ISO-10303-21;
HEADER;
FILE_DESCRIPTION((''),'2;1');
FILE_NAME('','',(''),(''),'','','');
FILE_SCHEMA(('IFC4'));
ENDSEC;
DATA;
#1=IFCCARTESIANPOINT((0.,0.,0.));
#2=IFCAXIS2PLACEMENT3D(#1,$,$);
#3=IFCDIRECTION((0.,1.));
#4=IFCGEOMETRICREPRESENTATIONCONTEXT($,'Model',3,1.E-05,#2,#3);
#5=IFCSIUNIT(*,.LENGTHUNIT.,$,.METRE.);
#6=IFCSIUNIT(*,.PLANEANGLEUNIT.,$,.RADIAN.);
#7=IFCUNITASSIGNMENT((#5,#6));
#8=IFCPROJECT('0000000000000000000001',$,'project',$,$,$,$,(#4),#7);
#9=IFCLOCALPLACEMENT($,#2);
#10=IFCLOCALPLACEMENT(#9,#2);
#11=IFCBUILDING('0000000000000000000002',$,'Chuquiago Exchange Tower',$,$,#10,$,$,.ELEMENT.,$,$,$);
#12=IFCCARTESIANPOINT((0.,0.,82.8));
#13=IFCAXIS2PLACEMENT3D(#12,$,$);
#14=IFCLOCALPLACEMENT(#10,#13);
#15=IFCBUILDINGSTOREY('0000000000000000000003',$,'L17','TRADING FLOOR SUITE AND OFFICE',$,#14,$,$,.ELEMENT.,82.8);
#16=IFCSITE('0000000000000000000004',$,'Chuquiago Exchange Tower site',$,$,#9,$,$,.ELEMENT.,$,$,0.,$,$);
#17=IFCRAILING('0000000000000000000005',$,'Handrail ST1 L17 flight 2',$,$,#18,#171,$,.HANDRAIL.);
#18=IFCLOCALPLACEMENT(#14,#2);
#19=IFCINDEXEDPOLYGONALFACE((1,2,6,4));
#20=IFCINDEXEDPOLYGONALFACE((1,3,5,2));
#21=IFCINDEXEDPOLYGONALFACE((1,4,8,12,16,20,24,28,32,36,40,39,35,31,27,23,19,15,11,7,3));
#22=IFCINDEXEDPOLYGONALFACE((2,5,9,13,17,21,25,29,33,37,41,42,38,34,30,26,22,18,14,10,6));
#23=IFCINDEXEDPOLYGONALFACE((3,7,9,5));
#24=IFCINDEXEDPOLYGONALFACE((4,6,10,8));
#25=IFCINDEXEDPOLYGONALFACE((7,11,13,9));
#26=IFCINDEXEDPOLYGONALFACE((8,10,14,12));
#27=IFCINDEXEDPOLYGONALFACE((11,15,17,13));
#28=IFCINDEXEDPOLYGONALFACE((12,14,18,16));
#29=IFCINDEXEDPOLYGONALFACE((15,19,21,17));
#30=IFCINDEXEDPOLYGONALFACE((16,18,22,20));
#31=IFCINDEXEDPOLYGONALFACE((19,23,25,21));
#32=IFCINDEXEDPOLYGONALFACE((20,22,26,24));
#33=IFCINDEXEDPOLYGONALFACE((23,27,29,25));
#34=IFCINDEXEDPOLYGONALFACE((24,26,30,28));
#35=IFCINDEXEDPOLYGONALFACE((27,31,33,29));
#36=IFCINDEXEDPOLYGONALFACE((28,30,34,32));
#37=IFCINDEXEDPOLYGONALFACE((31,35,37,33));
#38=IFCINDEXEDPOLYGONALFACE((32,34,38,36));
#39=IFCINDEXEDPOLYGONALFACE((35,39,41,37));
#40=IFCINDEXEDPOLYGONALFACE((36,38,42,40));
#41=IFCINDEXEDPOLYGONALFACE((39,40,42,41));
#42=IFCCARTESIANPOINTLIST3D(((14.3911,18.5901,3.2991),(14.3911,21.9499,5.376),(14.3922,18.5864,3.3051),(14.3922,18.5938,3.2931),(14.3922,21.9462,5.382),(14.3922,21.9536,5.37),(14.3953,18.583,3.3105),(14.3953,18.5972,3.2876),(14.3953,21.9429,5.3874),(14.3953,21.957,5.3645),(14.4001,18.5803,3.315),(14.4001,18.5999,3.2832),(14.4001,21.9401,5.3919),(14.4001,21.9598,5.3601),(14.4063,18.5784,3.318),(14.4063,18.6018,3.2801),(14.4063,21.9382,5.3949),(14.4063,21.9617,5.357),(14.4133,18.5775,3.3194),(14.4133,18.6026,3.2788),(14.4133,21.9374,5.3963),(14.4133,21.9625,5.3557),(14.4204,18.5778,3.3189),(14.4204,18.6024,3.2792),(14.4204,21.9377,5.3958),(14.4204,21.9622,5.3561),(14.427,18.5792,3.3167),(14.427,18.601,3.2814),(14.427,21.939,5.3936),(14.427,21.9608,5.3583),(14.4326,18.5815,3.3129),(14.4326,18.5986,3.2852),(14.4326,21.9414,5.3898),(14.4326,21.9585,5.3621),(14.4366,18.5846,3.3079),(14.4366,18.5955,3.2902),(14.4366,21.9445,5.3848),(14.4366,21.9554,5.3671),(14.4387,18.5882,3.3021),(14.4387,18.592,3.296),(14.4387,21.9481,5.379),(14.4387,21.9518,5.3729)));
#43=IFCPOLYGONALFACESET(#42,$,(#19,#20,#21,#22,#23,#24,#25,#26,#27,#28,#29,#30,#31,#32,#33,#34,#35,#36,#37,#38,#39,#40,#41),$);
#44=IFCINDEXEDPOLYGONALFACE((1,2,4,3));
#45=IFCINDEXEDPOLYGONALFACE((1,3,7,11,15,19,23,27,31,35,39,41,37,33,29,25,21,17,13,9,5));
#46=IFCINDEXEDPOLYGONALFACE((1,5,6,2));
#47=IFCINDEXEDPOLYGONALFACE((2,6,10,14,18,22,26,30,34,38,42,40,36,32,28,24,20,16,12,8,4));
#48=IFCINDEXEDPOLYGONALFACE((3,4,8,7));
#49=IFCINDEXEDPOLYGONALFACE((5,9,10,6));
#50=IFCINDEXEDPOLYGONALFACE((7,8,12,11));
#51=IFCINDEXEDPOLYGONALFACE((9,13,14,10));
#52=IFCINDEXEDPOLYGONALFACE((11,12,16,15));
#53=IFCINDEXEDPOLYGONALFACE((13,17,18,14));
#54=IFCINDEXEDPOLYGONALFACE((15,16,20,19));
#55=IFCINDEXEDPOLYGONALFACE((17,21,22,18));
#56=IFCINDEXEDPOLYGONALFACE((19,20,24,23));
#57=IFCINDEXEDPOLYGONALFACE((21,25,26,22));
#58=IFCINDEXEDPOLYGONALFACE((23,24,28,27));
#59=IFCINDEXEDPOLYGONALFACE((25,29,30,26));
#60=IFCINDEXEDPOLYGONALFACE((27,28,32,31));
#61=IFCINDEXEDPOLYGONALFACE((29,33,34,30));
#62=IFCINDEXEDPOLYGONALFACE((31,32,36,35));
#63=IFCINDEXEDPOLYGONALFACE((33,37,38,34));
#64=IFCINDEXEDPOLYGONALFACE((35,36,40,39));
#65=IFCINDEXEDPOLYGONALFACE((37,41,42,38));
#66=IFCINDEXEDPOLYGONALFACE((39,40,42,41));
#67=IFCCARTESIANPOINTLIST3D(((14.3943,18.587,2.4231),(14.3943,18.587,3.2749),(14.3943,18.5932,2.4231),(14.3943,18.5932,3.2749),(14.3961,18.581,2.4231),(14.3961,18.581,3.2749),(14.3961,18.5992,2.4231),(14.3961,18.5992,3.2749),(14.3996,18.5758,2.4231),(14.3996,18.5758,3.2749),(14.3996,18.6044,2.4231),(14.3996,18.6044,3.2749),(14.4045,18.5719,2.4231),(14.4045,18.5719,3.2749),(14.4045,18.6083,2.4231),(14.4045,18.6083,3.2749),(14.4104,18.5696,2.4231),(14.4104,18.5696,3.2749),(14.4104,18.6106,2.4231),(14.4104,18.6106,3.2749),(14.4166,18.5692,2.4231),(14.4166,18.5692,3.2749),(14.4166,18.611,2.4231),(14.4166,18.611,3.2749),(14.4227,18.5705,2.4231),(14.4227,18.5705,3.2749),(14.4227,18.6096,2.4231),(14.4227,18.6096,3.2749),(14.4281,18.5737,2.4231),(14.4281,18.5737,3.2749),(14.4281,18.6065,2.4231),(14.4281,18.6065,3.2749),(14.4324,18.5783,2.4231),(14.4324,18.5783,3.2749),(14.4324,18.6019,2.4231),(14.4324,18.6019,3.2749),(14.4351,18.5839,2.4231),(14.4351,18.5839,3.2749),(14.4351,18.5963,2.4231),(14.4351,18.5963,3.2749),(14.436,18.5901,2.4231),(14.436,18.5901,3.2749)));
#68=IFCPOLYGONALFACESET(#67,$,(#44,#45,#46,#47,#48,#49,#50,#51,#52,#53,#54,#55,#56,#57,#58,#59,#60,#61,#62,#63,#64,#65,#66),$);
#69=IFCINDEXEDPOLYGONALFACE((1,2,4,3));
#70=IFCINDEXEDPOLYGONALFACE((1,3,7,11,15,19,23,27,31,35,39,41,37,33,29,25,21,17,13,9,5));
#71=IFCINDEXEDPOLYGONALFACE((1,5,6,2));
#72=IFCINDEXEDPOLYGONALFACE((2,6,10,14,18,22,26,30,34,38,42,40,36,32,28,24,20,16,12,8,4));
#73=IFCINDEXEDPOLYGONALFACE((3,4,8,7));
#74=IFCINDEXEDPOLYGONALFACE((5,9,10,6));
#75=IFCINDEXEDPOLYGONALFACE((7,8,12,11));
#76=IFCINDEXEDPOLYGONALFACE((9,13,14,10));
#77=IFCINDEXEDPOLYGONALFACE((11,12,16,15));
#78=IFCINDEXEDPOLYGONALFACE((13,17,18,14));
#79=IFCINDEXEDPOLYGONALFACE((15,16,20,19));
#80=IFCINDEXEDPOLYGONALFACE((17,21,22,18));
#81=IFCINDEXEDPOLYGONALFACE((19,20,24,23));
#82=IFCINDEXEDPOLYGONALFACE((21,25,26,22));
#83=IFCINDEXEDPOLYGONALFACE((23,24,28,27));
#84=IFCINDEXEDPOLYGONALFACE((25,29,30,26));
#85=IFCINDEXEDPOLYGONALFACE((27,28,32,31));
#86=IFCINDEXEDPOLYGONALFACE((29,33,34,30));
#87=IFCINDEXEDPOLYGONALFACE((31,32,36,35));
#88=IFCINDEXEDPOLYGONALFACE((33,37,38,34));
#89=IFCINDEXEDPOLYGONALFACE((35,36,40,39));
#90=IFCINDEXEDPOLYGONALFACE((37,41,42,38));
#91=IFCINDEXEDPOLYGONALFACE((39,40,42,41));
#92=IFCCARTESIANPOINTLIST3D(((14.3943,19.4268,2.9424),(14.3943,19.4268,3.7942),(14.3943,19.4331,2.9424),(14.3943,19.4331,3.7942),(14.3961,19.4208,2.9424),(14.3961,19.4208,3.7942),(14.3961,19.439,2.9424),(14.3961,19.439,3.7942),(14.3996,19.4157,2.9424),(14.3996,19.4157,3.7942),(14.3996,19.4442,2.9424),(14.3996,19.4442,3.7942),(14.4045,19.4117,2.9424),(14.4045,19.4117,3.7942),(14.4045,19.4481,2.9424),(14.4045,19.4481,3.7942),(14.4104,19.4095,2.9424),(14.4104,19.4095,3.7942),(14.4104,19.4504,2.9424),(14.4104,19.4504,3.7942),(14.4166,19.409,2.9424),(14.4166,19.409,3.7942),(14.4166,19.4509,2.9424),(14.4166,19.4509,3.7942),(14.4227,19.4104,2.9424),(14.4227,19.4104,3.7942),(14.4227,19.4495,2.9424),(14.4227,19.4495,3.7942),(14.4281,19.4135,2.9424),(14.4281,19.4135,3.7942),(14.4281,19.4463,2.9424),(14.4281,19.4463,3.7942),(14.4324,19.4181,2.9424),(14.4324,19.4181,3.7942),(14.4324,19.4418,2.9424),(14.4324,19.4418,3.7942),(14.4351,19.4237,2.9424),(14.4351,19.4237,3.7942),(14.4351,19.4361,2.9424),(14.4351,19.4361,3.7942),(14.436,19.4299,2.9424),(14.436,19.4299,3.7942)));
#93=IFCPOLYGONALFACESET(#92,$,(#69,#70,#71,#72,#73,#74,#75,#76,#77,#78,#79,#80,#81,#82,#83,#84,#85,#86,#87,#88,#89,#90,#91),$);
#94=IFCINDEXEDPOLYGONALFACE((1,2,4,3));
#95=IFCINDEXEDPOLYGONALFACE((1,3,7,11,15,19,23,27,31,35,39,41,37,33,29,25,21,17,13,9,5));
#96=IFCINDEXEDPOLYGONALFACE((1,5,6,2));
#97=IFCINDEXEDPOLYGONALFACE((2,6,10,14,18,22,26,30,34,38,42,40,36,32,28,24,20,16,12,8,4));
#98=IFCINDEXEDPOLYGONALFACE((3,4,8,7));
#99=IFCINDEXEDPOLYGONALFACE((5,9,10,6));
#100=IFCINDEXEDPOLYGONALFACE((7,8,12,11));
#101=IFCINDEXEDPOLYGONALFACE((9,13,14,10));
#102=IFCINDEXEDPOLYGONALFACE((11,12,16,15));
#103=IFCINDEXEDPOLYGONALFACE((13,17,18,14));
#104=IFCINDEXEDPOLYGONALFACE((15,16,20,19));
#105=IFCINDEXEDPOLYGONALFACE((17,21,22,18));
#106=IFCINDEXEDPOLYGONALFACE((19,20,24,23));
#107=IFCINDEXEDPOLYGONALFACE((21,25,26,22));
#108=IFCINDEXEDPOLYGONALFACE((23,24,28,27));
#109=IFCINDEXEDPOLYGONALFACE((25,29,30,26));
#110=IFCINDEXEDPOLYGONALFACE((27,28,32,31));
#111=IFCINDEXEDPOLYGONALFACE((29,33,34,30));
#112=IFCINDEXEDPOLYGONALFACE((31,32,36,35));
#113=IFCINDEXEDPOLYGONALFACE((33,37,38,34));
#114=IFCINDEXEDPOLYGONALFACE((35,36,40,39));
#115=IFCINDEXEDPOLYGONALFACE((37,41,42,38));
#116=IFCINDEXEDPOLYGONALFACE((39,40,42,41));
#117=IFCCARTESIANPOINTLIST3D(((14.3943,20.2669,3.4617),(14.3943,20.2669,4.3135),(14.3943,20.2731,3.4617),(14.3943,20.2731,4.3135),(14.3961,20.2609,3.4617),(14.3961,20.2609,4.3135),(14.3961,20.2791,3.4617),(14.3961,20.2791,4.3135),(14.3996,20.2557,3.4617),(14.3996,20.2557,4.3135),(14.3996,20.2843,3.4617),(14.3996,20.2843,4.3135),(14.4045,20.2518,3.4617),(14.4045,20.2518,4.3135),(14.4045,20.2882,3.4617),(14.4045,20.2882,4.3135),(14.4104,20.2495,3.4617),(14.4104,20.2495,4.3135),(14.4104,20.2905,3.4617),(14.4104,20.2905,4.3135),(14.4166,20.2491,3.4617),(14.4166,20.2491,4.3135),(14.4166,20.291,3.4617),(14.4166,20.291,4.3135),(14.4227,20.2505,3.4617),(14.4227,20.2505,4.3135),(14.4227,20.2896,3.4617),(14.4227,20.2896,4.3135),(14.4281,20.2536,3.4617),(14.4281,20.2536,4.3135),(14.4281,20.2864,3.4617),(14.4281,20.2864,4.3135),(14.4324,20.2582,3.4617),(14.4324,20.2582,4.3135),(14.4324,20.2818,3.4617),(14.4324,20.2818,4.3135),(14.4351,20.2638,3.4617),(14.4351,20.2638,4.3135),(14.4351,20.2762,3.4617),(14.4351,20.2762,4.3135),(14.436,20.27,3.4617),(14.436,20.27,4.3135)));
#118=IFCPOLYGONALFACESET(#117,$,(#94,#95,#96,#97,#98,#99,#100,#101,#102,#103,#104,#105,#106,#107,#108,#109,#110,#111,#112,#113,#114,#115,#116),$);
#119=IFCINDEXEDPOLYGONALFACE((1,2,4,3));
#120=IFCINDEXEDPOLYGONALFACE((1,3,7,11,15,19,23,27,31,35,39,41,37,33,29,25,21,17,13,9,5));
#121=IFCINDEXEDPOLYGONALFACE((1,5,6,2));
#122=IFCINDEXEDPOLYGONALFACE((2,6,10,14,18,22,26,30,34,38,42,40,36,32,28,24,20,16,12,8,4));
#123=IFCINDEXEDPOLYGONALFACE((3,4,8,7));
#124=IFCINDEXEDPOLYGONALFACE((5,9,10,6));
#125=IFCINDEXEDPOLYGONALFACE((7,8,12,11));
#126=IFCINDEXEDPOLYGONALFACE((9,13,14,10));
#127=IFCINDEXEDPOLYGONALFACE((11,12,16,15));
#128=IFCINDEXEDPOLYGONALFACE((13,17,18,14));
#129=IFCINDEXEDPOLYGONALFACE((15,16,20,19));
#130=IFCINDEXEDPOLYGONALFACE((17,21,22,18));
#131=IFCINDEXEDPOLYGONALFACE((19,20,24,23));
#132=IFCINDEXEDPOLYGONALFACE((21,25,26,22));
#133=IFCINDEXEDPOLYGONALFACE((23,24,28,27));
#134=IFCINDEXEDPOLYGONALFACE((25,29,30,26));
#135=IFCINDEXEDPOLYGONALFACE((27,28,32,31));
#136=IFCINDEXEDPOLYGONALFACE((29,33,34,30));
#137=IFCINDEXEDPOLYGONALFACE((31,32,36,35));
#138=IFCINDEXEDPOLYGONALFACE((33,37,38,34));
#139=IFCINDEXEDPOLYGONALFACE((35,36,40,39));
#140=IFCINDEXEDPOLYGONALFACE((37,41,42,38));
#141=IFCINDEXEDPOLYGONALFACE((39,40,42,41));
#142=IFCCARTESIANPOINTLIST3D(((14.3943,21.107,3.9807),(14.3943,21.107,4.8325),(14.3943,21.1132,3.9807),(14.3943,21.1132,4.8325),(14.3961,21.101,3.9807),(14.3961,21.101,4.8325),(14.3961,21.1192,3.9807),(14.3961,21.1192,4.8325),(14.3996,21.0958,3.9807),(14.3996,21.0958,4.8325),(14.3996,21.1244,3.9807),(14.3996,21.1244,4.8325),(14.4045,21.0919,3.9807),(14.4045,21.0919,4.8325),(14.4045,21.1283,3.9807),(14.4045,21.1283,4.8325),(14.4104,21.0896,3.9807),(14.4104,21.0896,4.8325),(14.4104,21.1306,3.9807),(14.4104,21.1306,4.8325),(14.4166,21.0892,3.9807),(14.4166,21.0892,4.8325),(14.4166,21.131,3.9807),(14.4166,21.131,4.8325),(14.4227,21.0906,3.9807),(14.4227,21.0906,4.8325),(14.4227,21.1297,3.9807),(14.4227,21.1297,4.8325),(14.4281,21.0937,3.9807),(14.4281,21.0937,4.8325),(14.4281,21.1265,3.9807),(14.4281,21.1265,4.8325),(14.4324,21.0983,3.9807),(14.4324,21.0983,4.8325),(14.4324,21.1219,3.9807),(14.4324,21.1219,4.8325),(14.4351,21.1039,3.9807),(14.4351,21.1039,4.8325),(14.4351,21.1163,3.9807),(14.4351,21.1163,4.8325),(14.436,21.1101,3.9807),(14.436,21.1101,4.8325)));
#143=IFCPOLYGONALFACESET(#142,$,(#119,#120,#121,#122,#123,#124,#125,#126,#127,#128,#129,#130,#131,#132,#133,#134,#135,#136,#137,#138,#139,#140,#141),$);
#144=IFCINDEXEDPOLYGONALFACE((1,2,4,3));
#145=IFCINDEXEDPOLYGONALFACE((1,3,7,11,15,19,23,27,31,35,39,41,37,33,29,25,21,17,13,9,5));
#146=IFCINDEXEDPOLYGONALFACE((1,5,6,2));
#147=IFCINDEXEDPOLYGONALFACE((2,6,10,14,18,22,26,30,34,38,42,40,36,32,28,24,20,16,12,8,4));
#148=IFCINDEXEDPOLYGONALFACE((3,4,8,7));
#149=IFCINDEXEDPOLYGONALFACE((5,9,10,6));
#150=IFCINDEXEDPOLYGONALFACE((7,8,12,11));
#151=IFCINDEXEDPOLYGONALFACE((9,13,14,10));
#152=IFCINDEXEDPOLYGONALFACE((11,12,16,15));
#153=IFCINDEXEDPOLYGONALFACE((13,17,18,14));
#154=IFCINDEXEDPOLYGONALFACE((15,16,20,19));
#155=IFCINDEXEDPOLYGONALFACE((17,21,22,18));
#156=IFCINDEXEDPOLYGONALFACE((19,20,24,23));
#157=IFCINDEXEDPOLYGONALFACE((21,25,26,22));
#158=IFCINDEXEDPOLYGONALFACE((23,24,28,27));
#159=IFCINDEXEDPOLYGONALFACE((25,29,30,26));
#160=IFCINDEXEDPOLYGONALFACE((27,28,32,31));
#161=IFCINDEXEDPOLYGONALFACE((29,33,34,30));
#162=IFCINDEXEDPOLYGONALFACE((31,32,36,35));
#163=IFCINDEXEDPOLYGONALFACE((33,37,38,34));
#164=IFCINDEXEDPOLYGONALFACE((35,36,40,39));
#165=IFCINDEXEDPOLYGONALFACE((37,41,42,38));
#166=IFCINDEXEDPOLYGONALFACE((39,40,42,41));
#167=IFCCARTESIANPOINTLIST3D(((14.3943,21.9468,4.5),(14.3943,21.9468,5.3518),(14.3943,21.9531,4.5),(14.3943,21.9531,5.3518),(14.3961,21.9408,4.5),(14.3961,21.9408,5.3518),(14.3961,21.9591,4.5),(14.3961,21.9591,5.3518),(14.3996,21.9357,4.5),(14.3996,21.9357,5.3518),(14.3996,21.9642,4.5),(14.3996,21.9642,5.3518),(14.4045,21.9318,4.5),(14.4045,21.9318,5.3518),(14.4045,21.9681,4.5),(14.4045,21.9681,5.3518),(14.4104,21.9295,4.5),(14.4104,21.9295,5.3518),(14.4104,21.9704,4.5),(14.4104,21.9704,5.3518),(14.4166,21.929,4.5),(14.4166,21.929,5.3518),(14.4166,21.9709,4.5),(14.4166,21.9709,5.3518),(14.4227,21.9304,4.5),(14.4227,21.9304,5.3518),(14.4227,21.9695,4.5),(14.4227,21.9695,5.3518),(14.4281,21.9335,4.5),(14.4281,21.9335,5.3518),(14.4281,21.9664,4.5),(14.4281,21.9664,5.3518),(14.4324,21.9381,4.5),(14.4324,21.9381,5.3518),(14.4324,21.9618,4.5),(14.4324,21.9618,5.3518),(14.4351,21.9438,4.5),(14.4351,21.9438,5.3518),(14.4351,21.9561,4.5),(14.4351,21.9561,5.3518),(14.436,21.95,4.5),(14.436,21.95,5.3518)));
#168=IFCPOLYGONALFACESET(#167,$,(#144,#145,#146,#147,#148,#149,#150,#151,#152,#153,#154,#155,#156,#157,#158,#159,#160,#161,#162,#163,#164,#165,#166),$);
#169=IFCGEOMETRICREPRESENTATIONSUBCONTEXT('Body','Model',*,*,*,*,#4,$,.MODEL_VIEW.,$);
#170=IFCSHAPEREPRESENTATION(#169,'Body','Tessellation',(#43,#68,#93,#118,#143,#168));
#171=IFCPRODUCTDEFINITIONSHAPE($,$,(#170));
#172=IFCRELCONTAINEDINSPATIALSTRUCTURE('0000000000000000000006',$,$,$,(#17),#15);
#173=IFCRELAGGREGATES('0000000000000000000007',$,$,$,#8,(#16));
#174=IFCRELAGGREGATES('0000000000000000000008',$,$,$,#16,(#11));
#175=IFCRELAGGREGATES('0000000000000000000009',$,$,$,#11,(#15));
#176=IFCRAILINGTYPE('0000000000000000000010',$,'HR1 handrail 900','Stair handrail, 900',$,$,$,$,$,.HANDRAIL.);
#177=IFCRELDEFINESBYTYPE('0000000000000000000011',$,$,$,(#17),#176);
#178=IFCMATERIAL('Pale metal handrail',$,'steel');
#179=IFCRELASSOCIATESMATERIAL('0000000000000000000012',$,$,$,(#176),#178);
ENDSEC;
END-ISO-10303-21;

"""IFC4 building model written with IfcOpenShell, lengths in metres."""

from ifc_helpers import new_model, si_unit, direction, frame, origin, origin_2d, place, context, subcontext, project, spatial, circle, extrude, material, type_object, element, save


model = new_model("IFC4")

# Units and contexts
model_context = context("Model", 3, precision=1e-05, world=origin(), true_north=direction((0.0, 1.0)))
body_context = subcontext(model_context, "Body", "Model", "MODEL_VIEW")
ifc_project = project(units=[si_unit("LENGTHUNIT", "METRE"), si_unit("PLANEANGLEUNIT", "RADIAN")], contexts=[model_context])

# Site, building, storey
site_placement = place(None, origin())
site = spatial("IfcSite", under=ifc_project, at=site_placement, Name="Chuquiago Exchange Tower site", CompositionType="ELEMENT", RefElevation=0.0)
building_placement = place(site_placement, origin())
building = spatial("IfcBuilding", under=site, at=building_placement, Name="Chuquiago Exchange Tower", CompositionType="ELEMENT")
storey_placement = place(building_placement, frame((0.0, 0.0, 82.8)))
storey = spatial("IfcBuildingStorey", under=building, at=storey_placement, Name="L17", Description="TRADING FLOOR SUITE AND OFFICE", CompositionType="ELEMENT", Elevation=82.8)

# Railing
ifc_material_1 = material(Name="Pale metal handrail", Category="steel")
railing_type_1 = type_object("IfcRailingType", Name="HR1 handrail 900", Description="Stair handrail, 900", PredefinedType="HANDRAIL", material=ifc_material_1)
for number, where, name in (
    (1, (14.415, 18.5901, 2.4231), "Handrail ST1 L17 flight 2"),
):
    element("IfcRailing", number, at=place(storey_placement, frame(where)), inside=storey, type_object=railing_type_1, Name=name, PredefinedType="HANDRAIL", context=body_context, shape_type="SweptSolid", body=[
        extrude(circle(Radius=0.0239, at=origin_2d()), frame((0.0, 0.0, 0.876), z_axis=(0.0, 0.850606, 0.525803), x_axis=(-1.0, 0.0, 0.0)), (0.0, 0.0, 1.0), 3.95),
        extrude(circle(Radius=0.021, at=origin_2d()), origin(), (0.0, 0.0, 1.0), 0.8518),
        extrude(circle(Radius=0.021, at=origin_2d()), frame((0.0, 0.8398, 0.5193)), (0.0, 0.0, 1.0), 0.8518),
        extrude(circle(Radius=0.021, at=origin_2d()), frame((0.0, 1.6799, 1.0386)), (0.0, 0.0, 1.0), 0.8518),
        extrude(circle(Radius=0.021, at=origin_2d()), frame((0.0, 2.52, 1.5576)), (0.0, 0.0, 1.0), 0.8518),
        extrude(circle(Radius=0.021, at=origin_2d()), frame((0.0, 3.3599, 2.0769)), (0.0, 0.0, 1.0), 0.8518),
    ])

save(model, "model.ifc")
